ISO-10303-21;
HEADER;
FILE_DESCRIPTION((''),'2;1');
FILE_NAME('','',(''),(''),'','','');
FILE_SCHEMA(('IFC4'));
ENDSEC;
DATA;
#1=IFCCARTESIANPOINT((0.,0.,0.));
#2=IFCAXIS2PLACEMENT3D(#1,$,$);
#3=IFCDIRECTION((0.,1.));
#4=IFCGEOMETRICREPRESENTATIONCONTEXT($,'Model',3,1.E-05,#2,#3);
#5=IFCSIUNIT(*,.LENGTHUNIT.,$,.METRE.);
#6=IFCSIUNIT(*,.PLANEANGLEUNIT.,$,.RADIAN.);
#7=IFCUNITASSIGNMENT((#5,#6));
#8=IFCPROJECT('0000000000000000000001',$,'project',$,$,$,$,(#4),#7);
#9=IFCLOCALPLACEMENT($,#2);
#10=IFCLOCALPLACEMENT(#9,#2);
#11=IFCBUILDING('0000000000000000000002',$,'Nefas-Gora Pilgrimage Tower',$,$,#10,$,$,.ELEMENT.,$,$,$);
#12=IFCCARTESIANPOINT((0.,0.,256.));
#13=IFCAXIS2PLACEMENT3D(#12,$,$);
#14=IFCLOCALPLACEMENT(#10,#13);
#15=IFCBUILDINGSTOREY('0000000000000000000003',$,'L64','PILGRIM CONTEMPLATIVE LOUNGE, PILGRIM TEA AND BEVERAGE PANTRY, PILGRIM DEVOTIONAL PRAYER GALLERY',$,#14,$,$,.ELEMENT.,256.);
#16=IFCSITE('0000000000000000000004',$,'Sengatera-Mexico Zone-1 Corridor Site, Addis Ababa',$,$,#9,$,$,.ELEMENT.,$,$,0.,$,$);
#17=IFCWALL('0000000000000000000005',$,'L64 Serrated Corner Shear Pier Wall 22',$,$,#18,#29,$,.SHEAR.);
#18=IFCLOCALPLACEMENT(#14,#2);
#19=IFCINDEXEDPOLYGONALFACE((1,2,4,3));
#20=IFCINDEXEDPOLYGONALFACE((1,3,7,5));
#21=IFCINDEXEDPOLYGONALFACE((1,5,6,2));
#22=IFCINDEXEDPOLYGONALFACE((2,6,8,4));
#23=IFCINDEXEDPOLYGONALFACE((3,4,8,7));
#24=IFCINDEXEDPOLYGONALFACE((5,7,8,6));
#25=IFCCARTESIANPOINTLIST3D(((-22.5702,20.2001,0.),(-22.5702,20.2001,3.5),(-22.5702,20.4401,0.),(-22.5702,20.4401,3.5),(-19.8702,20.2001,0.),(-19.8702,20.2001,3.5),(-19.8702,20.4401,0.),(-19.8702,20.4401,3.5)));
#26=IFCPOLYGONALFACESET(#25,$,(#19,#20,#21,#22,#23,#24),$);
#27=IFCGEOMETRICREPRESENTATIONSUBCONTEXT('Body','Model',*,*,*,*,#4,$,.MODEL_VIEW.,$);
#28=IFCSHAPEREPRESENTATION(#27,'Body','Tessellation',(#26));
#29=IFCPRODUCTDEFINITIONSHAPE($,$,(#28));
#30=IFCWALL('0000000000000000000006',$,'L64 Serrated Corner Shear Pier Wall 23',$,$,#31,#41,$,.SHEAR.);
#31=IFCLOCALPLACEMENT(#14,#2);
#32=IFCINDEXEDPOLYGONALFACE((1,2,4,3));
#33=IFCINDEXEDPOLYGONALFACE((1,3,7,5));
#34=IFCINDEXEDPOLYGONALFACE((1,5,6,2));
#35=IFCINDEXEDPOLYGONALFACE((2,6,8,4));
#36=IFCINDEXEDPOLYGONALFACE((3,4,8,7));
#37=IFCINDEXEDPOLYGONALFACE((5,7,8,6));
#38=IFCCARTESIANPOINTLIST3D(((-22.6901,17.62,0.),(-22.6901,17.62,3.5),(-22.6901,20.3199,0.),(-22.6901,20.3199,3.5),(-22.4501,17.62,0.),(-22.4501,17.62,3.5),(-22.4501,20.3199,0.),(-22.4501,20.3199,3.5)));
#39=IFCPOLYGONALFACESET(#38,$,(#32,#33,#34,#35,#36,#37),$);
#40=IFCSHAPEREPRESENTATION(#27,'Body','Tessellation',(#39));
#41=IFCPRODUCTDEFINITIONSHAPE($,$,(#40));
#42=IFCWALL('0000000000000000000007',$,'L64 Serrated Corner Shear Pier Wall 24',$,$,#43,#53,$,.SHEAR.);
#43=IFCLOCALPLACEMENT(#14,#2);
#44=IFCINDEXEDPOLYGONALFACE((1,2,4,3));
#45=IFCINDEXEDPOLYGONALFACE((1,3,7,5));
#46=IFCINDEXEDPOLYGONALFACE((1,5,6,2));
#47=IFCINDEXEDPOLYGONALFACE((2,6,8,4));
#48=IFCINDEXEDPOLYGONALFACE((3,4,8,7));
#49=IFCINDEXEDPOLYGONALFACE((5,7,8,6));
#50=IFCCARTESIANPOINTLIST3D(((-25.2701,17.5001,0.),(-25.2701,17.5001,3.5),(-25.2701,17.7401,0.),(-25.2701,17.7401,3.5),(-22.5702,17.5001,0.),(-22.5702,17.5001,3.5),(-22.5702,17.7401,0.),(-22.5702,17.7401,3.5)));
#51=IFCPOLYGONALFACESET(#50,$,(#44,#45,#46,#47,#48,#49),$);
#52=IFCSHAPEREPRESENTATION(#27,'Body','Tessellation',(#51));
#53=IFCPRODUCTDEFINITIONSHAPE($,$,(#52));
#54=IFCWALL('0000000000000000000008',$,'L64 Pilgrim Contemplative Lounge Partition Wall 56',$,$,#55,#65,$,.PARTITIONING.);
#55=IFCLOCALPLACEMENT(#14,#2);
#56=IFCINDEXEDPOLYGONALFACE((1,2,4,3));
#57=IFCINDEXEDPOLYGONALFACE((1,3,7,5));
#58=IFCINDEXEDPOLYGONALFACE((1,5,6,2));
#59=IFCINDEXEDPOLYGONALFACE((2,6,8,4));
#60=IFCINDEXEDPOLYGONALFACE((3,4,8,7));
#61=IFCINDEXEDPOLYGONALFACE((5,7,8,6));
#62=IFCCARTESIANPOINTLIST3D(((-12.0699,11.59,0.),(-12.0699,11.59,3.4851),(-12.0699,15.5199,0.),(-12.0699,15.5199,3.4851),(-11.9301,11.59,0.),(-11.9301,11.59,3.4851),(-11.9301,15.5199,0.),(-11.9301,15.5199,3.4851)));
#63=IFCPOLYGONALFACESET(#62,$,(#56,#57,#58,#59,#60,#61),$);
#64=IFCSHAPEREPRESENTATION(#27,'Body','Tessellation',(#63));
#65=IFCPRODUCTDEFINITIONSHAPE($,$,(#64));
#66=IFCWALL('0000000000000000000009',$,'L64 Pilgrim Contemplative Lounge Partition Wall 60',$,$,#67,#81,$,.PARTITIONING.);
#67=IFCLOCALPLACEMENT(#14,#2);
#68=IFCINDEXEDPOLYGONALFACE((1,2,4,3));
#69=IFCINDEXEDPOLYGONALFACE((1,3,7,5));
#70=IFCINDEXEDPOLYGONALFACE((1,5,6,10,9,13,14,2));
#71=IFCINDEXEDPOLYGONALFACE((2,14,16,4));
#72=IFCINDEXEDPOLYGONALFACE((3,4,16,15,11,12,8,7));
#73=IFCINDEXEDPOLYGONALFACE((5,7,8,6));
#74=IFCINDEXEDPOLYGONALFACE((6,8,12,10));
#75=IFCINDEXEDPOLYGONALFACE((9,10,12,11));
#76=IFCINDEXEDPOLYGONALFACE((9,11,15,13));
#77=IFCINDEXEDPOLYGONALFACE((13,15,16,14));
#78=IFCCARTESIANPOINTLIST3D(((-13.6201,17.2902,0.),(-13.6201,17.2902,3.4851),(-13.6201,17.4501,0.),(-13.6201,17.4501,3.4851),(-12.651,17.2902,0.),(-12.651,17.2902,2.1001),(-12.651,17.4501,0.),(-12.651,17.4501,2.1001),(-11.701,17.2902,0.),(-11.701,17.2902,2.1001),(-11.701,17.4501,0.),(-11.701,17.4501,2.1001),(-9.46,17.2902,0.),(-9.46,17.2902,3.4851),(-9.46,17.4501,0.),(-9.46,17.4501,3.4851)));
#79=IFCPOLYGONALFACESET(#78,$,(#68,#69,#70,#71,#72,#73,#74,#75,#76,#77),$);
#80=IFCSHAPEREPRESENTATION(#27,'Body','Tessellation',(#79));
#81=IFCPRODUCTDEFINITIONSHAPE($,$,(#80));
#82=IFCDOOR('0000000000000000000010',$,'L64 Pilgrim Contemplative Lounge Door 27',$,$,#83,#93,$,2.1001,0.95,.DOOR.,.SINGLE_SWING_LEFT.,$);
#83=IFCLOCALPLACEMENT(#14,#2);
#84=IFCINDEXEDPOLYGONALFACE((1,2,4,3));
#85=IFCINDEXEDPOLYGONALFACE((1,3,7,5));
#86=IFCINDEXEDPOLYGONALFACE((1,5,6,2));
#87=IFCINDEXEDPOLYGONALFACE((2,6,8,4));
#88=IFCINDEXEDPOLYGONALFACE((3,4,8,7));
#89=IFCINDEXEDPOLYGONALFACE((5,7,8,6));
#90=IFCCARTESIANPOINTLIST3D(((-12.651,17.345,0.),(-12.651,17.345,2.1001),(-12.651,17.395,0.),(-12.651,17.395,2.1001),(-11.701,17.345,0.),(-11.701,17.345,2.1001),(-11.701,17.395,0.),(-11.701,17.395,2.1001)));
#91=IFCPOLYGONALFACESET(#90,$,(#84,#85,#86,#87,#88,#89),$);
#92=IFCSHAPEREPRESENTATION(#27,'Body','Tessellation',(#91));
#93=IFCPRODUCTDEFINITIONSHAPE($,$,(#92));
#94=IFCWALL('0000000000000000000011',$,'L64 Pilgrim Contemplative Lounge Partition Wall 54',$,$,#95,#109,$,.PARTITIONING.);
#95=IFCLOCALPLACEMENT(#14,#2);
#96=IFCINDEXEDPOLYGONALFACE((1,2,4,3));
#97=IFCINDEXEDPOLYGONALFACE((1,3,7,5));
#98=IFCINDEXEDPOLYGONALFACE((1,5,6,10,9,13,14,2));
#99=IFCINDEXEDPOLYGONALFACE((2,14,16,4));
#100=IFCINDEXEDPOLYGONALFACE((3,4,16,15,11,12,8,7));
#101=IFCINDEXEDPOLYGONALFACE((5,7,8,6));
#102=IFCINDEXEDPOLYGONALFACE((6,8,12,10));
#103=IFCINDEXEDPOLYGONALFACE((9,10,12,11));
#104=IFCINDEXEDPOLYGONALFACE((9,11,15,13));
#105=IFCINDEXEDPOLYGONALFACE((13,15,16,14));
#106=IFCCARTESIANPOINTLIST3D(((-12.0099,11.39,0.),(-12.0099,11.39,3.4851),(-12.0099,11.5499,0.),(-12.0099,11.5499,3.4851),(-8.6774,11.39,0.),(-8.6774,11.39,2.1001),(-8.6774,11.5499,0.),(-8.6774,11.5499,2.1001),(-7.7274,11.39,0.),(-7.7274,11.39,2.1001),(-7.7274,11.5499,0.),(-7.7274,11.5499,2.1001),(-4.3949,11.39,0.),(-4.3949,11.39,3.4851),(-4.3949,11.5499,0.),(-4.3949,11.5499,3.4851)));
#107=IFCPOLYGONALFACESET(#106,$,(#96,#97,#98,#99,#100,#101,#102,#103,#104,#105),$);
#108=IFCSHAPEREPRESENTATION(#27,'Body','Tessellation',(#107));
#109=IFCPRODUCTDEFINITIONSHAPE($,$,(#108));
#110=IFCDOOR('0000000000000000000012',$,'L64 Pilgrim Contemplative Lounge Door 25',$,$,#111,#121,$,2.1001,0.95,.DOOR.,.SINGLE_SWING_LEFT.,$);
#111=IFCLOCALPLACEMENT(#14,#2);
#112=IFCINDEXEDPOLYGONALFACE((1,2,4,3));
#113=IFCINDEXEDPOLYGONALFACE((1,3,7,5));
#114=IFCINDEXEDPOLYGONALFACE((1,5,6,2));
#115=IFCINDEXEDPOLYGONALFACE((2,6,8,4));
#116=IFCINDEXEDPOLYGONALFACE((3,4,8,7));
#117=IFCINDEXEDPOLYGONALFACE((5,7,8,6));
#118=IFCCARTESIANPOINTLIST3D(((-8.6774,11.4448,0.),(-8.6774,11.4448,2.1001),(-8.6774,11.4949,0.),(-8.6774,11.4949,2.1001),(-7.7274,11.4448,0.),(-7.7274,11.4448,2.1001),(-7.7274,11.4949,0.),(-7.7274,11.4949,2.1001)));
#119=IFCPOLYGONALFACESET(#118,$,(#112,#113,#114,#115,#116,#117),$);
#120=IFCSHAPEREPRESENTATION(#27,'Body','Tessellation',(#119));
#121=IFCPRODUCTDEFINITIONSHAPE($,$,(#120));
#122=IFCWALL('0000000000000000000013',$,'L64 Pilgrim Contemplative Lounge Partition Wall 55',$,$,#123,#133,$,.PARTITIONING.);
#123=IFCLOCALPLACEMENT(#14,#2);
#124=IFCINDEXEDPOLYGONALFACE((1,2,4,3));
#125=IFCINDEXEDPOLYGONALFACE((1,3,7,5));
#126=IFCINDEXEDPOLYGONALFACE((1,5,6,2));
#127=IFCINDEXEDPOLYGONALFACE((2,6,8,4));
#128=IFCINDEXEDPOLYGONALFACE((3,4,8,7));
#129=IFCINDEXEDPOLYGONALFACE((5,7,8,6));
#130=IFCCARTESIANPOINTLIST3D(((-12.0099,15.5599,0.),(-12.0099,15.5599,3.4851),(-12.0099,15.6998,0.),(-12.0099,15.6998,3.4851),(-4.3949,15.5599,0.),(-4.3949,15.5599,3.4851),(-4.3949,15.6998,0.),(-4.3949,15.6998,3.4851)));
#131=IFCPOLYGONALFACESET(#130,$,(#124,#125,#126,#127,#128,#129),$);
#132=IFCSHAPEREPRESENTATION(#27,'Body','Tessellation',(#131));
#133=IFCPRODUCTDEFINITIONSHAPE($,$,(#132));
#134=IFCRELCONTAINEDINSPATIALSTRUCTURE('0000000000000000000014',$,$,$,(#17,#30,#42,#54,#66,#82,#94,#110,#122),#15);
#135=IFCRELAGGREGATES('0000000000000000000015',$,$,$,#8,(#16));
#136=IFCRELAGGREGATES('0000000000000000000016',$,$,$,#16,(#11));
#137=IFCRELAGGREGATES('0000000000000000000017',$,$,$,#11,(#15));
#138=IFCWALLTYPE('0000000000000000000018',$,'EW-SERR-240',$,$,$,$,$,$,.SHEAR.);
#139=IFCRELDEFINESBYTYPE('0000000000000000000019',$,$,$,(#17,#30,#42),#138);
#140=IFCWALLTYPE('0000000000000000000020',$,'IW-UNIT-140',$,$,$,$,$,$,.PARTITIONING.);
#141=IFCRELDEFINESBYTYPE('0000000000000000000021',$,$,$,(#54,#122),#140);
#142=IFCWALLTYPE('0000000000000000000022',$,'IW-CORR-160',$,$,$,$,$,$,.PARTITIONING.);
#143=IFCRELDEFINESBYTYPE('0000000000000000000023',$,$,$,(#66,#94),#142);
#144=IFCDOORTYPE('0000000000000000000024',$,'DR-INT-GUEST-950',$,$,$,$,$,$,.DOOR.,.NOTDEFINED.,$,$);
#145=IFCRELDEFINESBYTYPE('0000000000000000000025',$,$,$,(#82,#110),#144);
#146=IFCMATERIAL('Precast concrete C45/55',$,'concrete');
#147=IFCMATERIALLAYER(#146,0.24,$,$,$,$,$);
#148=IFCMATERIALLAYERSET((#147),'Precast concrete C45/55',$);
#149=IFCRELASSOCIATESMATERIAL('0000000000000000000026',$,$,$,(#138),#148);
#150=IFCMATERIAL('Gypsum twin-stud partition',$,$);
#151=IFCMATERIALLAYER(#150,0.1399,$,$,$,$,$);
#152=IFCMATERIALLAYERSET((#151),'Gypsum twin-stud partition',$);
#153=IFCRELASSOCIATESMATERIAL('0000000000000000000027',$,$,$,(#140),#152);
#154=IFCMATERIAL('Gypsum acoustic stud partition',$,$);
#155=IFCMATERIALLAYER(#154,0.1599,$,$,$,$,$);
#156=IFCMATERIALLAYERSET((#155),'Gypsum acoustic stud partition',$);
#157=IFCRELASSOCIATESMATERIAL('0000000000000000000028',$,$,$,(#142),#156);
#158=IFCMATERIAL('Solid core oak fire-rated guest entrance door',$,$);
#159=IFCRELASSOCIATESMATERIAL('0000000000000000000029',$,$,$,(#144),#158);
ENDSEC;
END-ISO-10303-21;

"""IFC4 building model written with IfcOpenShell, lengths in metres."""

from ifc_helpers import new_model, si_unit, direction, frame, frame_2d, origin, place, context, subcontext, project, spatial, rectangle, extrude, source, transform, mapped, material, layer, layer_set, type_object, element, fill, save


model = new_model("IFC4")

# Units and contexts
model_context = context("Model", 3, precision=1e-05, world=origin(), true_north=direction((0.0, 1.0)))
body_context = subcontext(model_context, "Body", "Model", "MODEL_VIEW")
ifc_project = project(units=[si_unit("LENGTHUNIT", "METRE"), si_unit("PLANEANGLEUNIT", "RADIAN")], contexts=[model_context])

# Site, building, storey
site_placement = place(None, origin())
site = spatial("IfcSite", under=ifc_project, at=site_placement, Name="Sengatera-Mexico Zone-1 Corridor Site, Addis Ababa", CompositionType="ELEMENT", RefElevation=0.0)
building_placement = place(site_placement, origin())
building = spatial("IfcBuilding", under=site, at=building_placement, Name="Nefas-Gora Pilgrimage Tower", CompositionType="ELEMENT")
storey_placement = place(building_placement, frame((0.0, 0.0, 256.0)))
storey = spatial("IfcBuildingStorey", under=building, at=storey_placement, Name="L64", Description="PILGRIM CONTEMPLATIVE LOUNGE, PILGRIM TEA AND BEVERAGE PANTRY, PILGRIM DEVOTIONAL PRAYER GALLERY", CompositionType="ELEMENT", Elevation=256.0)

# Shared definitions
ifc_material_1 = material(Name="Precast concrete C45/55", Category="concrete")
ifc_layer_1 = layer(ifc_material_1, 0.24)
ifc_layer_set_1 = layer_set([ifc_layer_1], Name="Precast concrete C45/55")
wall_type_1 = type_object("IfcWallType", Name="EW-SERR-240", PredefinedType="SHEAR", material=ifc_layer_set_1)
shared_shape_1 = source(origin(), body_context, "Body", "SweptSolid", [
    extrude(rectangle(XDim=2.7, YDim=0.24, at=frame_2d((1.3501, 0.0))), origin(), (0.0, 0.0, 1.0), 3.5),
])

# Walls
for number, where, z_axis, x_axis, name in (
    (1, (-19.8701, 20.3201, 0.0), (0.0, 0.0, 1.0), (-1.0, 0.0, 0.0), "L64 Serrated Corner Shear Pier Wall 22"),
    (2, (-22.5701, 20.3201, 0.0), (0.0, 0.0, 1.0), (0.0, -1.0, 0.0), "L64 Serrated Corner Shear Pier Wall 23"),
    (3, (-22.5701, 17.6201, 0.0), (0.0, 0.0, 1.0), (-1.0, 0.0, 0.0), "L64 Serrated Corner Shear Pier Wall 24"),
):
    element("IfcWall", number, at=place(storey_placement, frame(where, z_axis=z_axis, x_axis=x_axis)), inside=storey, type_object=wall_type_1, Name=name, PredefinedType="SHEAR", context=body_context, shape_type="MappedRepresentation", body=[
        mapped(shared_shape_1, transform((0.0, 0.0, 0.0), x_axis=(1.0, 0.0, 0.0), y_axis=(0.0, 1.0, 0.0), z_axis=(0.0, 0.0, 1.0), scale=1.0)),
    ])
ifc_material_2 = material(Name="Gypsum twin-stud partition")
ifc_layer_2 = layer(ifc_material_2, 0.1399)
ifc_layer_set_2 = layer_set([ifc_layer_2], Name="Gypsum twin-stud partition")
wall_type_2 = type_object("IfcWallType", Name="IW-UNIT-140", PredefinedType="PARTITIONING", material=ifc_layer_set_2)
shared_shape_2 = source(origin(), body_context, "Body", "SweptSolid", [
    extrude(rectangle(XDim=3.9299, YDim=0.1399, at=frame_2d((1.9648, 0.0))), origin(), (0.0, 0.0, 1.0), 3.4851),
])
wall_1_placement = place(storey_placement, frame((-12.0, 11.5901, 0.0), z_axis=(0.0, 0.0, 1.0), x_axis=(0.0, 1.0, 0.0)))
element("IfcWall", 4, at=wall_1_placement, inside=storey, type_object=wall_type_2, Name="L64 Pilgrim Contemplative Lounge Partition Wall 56", PredefinedType="PARTITIONING", context=body_context, shape_type="MappedRepresentation", body=[
    mapped(shared_shape_2, transform((0.0, 0.0, 0.0), x_axis=(1.0, 0.0, 0.0), y_axis=(0.0, 1.0, 0.0), z_axis=(0.0, 0.0, 1.0), scale=1.0)),
])

# Walls, openings, doors
ifc_material_3 = material(Name="Gypsum acoustic stud partition")
ifc_layer_3 = layer(ifc_material_3, 0.1599)
ifc_layer_set_3 = layer_set([ifc_layer_3], Name="Gypsum acoustic stud partition")
wall_type_3 = type_object("IfcWallType", Name="IW-CORR-160", PredefinedType="PARTITIONING", material=ifc_layer_set_3)
shared_shape_3 = source(origin(), body_context, "Body", "SweptSolid", [
    extrude(rectangle(XDim=4.1602, YDim=0.1599, at=frame_2d((2.0801, 0.0))), origin(), (0.0, 0.0, 1.0), 3.4851),
])
wall_2_placement = place(storey_placement, frame((-13.6201, 17.3701, 0.0), z_axis=(0.0, 0.0, 1.0), x_axis=(1.0, 0.0, 0.0)))
wall_2 = element("IfcWall", 5, at=wall_2_placement, inside=storey, type_object=wall_type_3, Name="L64 Pilgrim Contemplative Lounge Partition Wall 60", PredefinedType="PARTITIONING", context=body_context, shape_type="MappedRepresentation", body=[
    mapped(shared_shape_3, transform((0.0, 0.0, 0.0), x_axis=(1.0, 0.0, 0.0), y_axis=(0.0, 1.0, 0.0), z_axis=(0.0, 0.0, 1.0), scale=1.0)),
])
opening_1_placement = place(wall_2_placement, frame((0.969, 0.0, 0.0)))
opening_1 = element("IfcOpeningElement", 6, at=opening_1_placement, cuts=wall_2, PredefinedType="OPENING", context=body_context, shape_type="SweptSolid", body=[
    extrude(rectangle(XDim=0.95, YDim=2.1001, at=frame_2d((0.4751, 1.05))), frame((0.0, 0.0898, 0.0), z_axis=(0.0, -1.0, 0.0), x_axis=(1.0, 0.0, 0.0)), (0.0, 0.0, 1.0), 0.1799),
])
ifc_material_4 = material(Name="Solid core oak fire-rated guest entrance door")
door_type = type_object("IfcDoorType", Name="DR-INT-GUEST-950", OperationType="NOTDEFINED", PredefinedType="DOOR", material=ifc_material_4)
shared_shape_4 = source(origin(), body_context, "Body", "SweptSolid", [
    extrude(rectangle(XDim=0.95, YDim=2.1001, at=frame_2d((0.4751, 1.05))), frame((0.0, 0.0249, 0.0), z_axis=(0.0, -1.0, 0.0), x_axis=(1.0, 0.0, 0.0)), (0.0, 0.0, 1.0), 0.05),
])
door_1_placement = place(opening_1_placement, origin())
door_1 = element("IfcDoor", 7, at=door_1_placement, inside=storey, type_object=door_type, Name="L64 Pilgrim Contemplative Lounge Door 27", OperationType="SINGLE_SWING_LEFT", OverallHeight=2.1001, OverallWidth=0.95, PredefinedType="DOOR", context=body_context, shape_type="MappedRepresentation", body=[
    mapped(shared_shape_4, transform((0.0, 0.0, 0.0), x_axis=(1.0, 0.0, 0.0), y_axis=(0.0, 1.0, 0.0), z_axis=(0.0, 0.0, 1.0), scale=1.0)),
])
fill(opening_1, door_1)
shared_shape_5 = source(origin(), body_context, "Body", "SweptSolid", [
    extrude(rectangle(XDim=7.615, YDim=0.1599, at=frame_2d((3.8076, 0.0))), origin(), (0.0, 0.0, 1.0), 3.4851),
])
wall_3_placement = place(storey_placement, frame((-12.01, 11.47, 0.0), z_axis=(0.0, 0.0, 1.0), x_axis=(1.0, 0.0, 0.0)))
wall_3 = element("IfcWall", 8, at=wall_3_placement, inside=storey, type_object=wall_type_3, Name="L64 Pilgrim Contemplative Lounge Partition Wall 54", PredefinedType="PARTITIONING", context=body_context, shape_type="MappedRepresentation", body=[
    mapped(shared_shape_5, transform((0.0, 0.0, 0.0), x_axis=(1.0, 0.0, 0.0), y_axis=(0.0, 1.0, 0.0), z_axis=(0.0, 0.0, 1.0), scale=1.0)),
])
opening_2_placement = place(wall_3_placement, frame((3.3325, 0.0, 0.0)))
opening_2 = element("IfcOpeningElement", 9, at=opening_2_placement, cuts=wall_3, PredefinedType="OPENING", context=body_context, shape_type="SweptSolid", body=[
    extrude(rectangle(XDim=0.95, YDim=2.1001, at=frame_2d((0.4751, 1.05))), frame((0.0, 0.0898, 0.0), z_axis=(0.0, -1.0, 0.0), x_axis=(1.0, 0.0, 0.0)), (0.0, 0.0, 1.0), 0.1799),
])
door_2_placement = place(opening_2_placement, origin())
door_2 = element("IfcDoor", 10, at=door_2_placement, inside=storey, type_object=door_type, Name="L64 Pilgrim Contemplative Lounge Door 25", OperationType="SINGLE_SWING_LEFT", OverallHeight=2.1001, OverallWidth=0.95, PredefinedType="DOOR", context=body_context, shape_type="MappedRepresentation", body=[
    mapped(shared_shape_4, transform((0.0, 0.0, 0.0), x_axis=(1.0, 0.0, 0.0), y_axis=(0.0, 1.0, 0.0), z_axis=(0.0, 0.0, 1.0), scale=1.0)),
])
fill(opening_2, door_2)

# Wall
shared_shape_6 = source(origin(), body_context, "Body", "SweptSolid", [
    extrude(rectangle(XDim=7.615, YDim=0.1399, at=frame_2d((3.8076, 0.0))), origin(), (0.0, 0.0, 1.0), 3.4851),
])
wall_4_placement = place(storey_placement, frame((-12.01, 15.6299, 0.0), z_axis=(0.0, 0.0, 1.0), x_axis=(1.0, 0.0, 0.0)))
element("IfcWall", 11, at=wall_4_placement, inside=storey, type_object=wall_type_2, Name="L64 Pilgrim Contemplative Lounge Partition Wall 55", PredefinedType="PARTITIONING", context=body_context, shape_type="MappedRepresentation", body=[
    mapped(shared_shape_6, transform((0.0, 0.0, 0.0), x_axis=(1.0, 0.0, 0.0), y_axis=(0.0, 1.0, 0.0), z_axis=(0.0, 0.0, 1.0), scale=1.0)),
])

save(model, "model.ifc")
